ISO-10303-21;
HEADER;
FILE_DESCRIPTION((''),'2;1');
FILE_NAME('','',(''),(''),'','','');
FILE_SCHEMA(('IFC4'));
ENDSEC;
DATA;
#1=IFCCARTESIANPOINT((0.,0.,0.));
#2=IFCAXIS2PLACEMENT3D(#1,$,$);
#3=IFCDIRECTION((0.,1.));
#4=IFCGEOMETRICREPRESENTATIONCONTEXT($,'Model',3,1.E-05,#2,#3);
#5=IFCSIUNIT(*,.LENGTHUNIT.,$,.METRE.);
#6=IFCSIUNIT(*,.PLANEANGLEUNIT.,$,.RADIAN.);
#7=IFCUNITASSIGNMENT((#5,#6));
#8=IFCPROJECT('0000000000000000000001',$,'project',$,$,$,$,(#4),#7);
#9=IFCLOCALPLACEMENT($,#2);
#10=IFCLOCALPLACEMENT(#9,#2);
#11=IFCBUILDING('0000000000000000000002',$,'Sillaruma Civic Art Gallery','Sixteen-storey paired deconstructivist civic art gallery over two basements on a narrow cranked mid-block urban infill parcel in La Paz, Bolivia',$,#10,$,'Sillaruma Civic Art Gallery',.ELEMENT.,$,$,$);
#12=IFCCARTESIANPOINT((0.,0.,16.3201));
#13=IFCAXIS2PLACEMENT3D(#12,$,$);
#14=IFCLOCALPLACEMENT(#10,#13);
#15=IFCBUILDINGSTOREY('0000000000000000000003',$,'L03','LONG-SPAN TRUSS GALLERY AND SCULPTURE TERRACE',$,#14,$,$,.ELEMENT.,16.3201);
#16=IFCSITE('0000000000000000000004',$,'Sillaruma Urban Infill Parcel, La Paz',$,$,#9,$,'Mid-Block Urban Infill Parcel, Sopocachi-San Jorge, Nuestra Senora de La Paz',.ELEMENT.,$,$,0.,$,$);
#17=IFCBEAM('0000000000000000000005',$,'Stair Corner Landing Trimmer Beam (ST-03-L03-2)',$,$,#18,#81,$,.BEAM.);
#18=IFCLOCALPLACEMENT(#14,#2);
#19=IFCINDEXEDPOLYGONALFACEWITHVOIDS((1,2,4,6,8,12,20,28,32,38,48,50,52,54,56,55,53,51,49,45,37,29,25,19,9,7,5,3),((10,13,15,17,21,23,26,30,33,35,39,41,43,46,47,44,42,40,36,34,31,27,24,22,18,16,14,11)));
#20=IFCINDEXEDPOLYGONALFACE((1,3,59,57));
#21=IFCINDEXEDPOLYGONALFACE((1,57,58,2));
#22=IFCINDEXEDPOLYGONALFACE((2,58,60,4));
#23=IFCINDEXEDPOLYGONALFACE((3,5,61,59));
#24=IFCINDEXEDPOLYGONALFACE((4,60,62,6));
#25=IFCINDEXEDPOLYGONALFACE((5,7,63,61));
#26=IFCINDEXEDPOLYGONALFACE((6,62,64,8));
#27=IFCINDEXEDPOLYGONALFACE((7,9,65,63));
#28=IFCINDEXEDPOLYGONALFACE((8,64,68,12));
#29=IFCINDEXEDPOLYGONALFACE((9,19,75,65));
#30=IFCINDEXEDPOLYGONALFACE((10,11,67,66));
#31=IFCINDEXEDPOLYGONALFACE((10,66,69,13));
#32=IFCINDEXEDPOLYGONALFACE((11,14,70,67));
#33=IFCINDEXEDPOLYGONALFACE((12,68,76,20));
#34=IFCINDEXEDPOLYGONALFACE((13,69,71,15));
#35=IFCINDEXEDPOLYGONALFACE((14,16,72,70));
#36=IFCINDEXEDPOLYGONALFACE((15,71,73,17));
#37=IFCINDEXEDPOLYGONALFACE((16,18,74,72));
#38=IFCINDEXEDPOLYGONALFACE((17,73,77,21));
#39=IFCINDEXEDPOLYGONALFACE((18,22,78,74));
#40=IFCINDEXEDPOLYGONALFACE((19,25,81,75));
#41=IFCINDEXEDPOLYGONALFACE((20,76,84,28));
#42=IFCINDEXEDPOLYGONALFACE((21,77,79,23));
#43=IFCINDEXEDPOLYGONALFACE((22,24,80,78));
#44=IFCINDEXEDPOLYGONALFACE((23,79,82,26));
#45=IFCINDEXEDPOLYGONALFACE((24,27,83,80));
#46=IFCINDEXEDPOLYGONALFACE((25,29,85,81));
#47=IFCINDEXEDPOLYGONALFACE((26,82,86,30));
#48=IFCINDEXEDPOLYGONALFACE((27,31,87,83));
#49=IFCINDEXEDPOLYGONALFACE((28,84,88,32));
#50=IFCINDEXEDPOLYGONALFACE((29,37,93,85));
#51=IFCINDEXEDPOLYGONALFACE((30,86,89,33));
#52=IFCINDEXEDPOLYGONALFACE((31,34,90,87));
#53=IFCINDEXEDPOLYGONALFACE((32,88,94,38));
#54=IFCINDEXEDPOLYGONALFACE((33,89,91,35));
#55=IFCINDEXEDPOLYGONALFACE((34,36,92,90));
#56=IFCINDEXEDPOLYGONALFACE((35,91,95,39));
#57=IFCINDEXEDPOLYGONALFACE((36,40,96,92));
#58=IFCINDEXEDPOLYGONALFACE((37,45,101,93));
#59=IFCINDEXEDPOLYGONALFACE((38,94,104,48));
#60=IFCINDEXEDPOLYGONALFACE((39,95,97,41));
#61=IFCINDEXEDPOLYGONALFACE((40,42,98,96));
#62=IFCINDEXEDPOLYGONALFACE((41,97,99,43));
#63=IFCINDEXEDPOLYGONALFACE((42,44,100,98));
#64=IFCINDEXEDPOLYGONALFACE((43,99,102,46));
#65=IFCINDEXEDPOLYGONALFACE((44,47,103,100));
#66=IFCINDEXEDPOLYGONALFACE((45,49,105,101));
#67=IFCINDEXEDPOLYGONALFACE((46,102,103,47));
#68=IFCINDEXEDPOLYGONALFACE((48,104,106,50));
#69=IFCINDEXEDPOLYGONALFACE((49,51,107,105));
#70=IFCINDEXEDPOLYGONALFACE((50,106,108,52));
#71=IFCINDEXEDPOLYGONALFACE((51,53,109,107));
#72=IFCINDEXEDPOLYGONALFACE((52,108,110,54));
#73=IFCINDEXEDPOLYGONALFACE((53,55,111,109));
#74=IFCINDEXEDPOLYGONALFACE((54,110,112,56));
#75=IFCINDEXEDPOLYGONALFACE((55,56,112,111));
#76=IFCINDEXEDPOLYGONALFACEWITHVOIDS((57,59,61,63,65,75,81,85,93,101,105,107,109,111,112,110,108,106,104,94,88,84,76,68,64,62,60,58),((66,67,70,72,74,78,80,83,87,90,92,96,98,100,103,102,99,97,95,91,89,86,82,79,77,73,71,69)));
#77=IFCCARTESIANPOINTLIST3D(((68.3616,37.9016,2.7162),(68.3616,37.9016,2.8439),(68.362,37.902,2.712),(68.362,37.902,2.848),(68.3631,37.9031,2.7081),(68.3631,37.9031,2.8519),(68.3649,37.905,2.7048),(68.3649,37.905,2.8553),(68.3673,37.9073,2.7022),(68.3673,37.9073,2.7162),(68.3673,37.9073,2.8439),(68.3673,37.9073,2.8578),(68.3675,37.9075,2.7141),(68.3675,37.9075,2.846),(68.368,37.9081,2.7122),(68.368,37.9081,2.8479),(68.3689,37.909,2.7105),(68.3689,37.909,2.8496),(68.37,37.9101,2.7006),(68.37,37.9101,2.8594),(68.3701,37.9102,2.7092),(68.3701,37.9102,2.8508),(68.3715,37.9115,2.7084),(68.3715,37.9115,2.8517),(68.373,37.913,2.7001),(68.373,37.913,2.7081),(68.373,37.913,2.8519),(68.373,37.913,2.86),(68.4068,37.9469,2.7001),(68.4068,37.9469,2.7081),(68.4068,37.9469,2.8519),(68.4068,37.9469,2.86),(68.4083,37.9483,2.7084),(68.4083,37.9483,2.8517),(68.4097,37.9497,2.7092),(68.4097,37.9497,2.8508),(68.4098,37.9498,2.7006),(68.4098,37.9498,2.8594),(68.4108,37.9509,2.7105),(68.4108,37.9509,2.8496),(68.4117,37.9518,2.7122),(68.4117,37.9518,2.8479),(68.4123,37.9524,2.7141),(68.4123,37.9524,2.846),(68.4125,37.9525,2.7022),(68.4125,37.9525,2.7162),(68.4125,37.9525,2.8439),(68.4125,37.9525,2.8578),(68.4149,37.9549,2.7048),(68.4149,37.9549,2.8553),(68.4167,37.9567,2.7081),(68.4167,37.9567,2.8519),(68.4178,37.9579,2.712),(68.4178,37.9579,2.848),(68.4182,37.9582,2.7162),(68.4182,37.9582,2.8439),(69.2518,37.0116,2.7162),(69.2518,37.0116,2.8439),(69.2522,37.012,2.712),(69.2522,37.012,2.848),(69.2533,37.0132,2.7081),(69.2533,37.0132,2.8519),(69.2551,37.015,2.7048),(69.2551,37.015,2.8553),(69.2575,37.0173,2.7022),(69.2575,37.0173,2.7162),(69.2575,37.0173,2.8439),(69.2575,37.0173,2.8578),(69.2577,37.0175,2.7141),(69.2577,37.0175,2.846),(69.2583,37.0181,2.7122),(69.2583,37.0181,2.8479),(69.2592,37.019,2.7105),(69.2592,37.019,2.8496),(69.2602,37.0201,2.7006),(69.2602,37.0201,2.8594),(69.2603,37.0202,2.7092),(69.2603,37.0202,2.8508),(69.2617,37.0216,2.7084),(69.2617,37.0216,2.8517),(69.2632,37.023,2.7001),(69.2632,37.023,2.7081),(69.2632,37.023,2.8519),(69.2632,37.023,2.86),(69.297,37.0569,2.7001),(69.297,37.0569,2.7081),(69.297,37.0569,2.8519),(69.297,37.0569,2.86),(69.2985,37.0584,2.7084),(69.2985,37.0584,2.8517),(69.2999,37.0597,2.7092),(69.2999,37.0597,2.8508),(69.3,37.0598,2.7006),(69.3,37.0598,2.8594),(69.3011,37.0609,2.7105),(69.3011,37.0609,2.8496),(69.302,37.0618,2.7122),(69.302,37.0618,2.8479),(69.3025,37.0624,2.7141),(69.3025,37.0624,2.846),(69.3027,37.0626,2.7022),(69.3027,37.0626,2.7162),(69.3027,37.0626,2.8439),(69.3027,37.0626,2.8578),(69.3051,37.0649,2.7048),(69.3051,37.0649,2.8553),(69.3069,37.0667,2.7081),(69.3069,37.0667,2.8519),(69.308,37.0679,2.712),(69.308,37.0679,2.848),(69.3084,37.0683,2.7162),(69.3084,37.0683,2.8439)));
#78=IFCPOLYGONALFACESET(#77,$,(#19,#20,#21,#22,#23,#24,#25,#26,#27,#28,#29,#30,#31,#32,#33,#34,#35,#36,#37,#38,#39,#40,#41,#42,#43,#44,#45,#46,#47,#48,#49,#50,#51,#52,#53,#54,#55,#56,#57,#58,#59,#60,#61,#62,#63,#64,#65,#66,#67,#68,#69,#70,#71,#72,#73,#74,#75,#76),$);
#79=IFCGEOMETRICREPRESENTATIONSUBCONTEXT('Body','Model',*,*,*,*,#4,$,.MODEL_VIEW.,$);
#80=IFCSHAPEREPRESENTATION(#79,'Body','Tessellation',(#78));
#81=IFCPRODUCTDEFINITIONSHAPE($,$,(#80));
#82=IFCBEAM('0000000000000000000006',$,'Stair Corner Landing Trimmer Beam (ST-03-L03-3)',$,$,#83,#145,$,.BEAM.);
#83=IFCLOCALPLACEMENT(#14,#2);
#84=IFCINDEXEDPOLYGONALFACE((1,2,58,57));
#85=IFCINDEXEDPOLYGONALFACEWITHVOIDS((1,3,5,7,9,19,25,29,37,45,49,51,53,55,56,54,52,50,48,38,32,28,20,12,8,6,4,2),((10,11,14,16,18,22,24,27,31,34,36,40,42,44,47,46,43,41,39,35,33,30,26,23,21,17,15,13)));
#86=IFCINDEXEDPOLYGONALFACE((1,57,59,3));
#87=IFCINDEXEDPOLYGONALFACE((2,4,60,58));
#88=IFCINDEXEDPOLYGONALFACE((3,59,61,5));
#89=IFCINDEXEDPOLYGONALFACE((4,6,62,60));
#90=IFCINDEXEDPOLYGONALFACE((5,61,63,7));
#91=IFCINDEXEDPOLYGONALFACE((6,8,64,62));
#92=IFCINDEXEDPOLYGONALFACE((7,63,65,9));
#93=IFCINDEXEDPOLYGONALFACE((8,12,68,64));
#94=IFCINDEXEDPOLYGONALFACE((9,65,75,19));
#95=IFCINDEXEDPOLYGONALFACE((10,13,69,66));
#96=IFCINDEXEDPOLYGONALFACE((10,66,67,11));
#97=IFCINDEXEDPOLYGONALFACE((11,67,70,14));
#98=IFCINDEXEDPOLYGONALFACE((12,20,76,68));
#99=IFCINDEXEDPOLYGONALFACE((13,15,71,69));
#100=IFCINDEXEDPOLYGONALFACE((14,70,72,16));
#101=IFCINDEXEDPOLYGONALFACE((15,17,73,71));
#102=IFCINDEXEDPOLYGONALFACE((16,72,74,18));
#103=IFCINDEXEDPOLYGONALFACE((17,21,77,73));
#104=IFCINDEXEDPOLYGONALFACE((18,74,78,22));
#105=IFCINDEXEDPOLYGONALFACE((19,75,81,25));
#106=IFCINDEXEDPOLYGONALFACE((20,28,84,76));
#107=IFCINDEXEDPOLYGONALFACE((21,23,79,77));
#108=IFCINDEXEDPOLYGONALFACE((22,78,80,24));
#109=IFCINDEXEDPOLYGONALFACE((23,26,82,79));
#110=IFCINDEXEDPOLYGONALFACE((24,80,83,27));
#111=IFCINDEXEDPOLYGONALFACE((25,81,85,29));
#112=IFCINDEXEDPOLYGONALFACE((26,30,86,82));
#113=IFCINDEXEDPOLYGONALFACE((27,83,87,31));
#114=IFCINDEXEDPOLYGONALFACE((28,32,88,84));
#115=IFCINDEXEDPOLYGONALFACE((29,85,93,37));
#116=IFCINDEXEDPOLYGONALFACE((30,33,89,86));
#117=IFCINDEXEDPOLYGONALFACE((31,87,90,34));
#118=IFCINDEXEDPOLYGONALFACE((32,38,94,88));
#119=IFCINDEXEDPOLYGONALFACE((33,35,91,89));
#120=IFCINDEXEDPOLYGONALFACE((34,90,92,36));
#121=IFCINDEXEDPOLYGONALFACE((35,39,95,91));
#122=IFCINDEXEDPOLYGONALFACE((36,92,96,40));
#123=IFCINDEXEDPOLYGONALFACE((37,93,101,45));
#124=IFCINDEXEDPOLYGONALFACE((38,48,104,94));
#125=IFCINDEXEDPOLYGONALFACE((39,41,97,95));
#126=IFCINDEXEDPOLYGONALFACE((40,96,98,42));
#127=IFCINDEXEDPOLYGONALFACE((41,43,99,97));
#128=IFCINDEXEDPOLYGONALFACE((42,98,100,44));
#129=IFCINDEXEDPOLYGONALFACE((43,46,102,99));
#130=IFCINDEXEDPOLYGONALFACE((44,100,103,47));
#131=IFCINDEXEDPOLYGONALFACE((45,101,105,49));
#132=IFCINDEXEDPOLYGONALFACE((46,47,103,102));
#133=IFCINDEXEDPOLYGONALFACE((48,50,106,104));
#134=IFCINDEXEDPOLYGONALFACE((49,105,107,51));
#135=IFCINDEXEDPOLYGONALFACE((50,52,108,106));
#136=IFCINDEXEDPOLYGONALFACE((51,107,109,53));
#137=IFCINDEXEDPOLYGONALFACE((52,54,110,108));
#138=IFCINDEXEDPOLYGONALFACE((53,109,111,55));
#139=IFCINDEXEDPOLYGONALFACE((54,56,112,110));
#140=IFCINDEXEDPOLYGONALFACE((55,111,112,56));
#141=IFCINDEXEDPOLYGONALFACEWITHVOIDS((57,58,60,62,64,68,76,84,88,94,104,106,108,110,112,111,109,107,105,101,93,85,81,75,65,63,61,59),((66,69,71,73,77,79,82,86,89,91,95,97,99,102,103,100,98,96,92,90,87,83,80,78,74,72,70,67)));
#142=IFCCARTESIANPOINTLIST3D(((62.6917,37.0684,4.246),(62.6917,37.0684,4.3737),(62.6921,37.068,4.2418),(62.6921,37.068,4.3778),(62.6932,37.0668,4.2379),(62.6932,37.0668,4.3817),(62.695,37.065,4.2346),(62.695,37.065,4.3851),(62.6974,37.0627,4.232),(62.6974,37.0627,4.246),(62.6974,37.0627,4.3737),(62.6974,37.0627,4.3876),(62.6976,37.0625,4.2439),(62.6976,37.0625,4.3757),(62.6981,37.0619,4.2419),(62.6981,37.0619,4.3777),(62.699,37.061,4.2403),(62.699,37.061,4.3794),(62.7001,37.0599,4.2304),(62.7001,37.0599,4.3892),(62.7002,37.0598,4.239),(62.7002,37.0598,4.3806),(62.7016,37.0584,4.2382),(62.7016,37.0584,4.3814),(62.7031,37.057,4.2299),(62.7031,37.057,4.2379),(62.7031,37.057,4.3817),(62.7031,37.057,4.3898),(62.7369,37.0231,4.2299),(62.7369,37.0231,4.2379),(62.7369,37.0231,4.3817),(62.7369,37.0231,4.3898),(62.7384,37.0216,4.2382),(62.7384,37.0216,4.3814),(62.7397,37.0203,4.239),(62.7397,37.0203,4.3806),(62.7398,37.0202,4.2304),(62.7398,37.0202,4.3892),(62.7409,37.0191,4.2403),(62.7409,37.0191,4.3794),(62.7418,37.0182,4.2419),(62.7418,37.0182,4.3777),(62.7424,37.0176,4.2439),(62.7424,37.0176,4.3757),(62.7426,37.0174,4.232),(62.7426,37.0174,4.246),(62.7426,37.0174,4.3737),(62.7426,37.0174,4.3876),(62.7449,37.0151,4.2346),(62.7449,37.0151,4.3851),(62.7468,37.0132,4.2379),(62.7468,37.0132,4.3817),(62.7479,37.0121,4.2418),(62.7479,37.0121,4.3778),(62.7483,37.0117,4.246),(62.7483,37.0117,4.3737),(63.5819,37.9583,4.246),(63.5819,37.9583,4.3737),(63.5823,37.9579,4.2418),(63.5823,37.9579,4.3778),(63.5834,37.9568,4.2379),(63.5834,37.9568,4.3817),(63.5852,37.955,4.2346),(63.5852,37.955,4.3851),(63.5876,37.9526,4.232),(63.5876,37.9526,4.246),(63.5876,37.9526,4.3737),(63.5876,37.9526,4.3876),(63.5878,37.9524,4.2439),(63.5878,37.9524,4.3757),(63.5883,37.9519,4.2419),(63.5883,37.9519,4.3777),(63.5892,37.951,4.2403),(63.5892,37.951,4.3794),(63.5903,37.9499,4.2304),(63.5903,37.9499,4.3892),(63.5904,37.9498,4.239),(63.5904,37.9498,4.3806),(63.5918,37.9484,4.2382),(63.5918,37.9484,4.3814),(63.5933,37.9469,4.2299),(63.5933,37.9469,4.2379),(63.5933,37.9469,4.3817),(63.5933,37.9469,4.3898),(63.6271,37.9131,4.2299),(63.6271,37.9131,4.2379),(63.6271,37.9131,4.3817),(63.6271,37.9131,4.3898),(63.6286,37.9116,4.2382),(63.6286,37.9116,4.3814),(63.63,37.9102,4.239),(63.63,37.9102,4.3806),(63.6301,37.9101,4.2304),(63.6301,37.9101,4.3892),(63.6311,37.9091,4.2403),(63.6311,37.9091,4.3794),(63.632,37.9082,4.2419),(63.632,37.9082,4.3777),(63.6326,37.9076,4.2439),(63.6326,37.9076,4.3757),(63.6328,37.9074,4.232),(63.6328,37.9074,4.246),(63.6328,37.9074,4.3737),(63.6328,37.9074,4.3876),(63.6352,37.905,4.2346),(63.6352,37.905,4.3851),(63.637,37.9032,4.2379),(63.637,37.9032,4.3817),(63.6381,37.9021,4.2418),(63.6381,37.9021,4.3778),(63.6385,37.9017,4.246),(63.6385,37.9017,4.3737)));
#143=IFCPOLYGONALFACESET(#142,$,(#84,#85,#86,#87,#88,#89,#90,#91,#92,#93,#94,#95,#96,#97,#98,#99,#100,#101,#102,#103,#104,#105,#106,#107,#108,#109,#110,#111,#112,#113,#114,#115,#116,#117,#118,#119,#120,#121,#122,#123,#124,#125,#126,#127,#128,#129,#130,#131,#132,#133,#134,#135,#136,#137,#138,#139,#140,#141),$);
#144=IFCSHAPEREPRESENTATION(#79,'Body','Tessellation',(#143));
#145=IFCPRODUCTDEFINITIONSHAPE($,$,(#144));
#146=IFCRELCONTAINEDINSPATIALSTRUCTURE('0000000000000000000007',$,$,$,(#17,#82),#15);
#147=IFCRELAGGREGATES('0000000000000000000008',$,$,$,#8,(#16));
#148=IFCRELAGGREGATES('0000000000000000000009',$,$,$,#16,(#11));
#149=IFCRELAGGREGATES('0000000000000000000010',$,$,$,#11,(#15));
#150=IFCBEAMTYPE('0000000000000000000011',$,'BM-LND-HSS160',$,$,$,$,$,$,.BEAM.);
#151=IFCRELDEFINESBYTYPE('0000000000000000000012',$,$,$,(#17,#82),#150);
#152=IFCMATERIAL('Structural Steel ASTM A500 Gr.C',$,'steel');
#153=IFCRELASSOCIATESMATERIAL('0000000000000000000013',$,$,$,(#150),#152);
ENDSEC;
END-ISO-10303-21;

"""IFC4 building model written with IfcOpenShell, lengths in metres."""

from ifc_helpers import new_model, si_unit, direction, frame, origin, origin_2d, place, context, subcontext, project, spatial, hollow_rectangle, extrude, material, material_profile, profile_set, type_object, element, save


model = new_model("IFC4")

# Units and contexts
model_context = context("Model", 3, precision=1e-05, world=origin(), true_north=direction((0.0, 1.0)))
body_context = subcontext(model_context, "Body", "Model", "MODEL_VIEW")
ifc_project = project(units=[si_unit("LENGTHUNIT", "METRE"), si_unit("PLANEANGLEUNIT", "RADIAN")], contexts=[model_context])

# Site, building, storey
site_placement = place(None, origin())
site = spatial("IfcSite", under=ifc_project, at=site_placement, Name="Sillaruma Urban Infill Parcel, La Paz", LongName="Mid-Block Urban Infill Parcel, Sopocachi-San Jorge, Nuestra Senora de La Paz", CompositionType="ELEMENT", RefElevation=0.0)
building_placement = place(site_placement, origin())
building = spatial("IfcBuilding", under=site, at=building_placement, Name="Sillaruma Civic Art Gallery", Description="Sixteen-storey paired deconstructivist civic art gallery over two basements on a narrow cranked mid-block urban infill parcel in La Paz, Bolivia", LongName="Sillaruma Civic Art Gallery", CompositionType="ELEMENT")
storey_placement = place(building_placement, frame((0.0, 0.0, 16.3201)))
storey = spatial("IfcBuildingStorey", under=building, at=storey_placement, Name="L03", Description="LONG-SPAN TRUSS GALLERY AND SCULPTURE TERRACE", CompositionType="ELEMENT", Elevation=16.3201)

# Beams
ifc_material_1 = material(Name="Structural Steel ASTM A500 Gr.C", Category="steel")
ifc_material_profile_1 = material_profile(ifc_material_1, hollow_rectangle(XDim=0.0801, YDim=0.1599, WallThickness=0.0081, InnerFilletRadius=0.0081, OuterFilletRadius=0.0161, at=origin_2d()), Name="HSS160x80x8")
ifc_profile_set_1 = profile_set([ifc_material_profile_1], Name="Structural Steel ASTM A500 Gr.C")
beam_type_1 = type_object("IfcBeamType", Name="BM-LND-HSS160", PredefinedType="BEAM", material=ifc_profile_set_1)
for number, where, z_axis, x_axis, name in (
    (1, (68.3899, 37.9299, 2.78), (0.707204, -0.70701, 0.0), (0.70701, 0.707204, 0.0), "Stair Corner Landing Trimmer Beam (ST-03-L03-2)"),
    (2, (62.72, 37.04, 4.3098), (0.707204, 0.70701, 0.0), (-0.70701, 0.707204, 0.0), "Stair Corner Landing Trimmer Beam (ST-03-L03-3)"),
):
    element("IfcBeam", number, at=place(storey_placement, frame(where, z_axis=z_axis, x_axis=x_axis)), inside=storey, type_object=beam_type_1, Name=name, PredefinedType="BEAM", context=body_context, shape_type="SweptSolid", body=[
        extrude(hollow_rectangle(XDim=0.0801, YDim=0.1599, WallThickness=0.0081, InnerFilletRadius=0.0081, OuterFilletRadius=0.0161, at=origin_2d()), origin(), (0.0, 0.0, 1.0), 1.2588),
    ])

save(model, "model.ifc")
